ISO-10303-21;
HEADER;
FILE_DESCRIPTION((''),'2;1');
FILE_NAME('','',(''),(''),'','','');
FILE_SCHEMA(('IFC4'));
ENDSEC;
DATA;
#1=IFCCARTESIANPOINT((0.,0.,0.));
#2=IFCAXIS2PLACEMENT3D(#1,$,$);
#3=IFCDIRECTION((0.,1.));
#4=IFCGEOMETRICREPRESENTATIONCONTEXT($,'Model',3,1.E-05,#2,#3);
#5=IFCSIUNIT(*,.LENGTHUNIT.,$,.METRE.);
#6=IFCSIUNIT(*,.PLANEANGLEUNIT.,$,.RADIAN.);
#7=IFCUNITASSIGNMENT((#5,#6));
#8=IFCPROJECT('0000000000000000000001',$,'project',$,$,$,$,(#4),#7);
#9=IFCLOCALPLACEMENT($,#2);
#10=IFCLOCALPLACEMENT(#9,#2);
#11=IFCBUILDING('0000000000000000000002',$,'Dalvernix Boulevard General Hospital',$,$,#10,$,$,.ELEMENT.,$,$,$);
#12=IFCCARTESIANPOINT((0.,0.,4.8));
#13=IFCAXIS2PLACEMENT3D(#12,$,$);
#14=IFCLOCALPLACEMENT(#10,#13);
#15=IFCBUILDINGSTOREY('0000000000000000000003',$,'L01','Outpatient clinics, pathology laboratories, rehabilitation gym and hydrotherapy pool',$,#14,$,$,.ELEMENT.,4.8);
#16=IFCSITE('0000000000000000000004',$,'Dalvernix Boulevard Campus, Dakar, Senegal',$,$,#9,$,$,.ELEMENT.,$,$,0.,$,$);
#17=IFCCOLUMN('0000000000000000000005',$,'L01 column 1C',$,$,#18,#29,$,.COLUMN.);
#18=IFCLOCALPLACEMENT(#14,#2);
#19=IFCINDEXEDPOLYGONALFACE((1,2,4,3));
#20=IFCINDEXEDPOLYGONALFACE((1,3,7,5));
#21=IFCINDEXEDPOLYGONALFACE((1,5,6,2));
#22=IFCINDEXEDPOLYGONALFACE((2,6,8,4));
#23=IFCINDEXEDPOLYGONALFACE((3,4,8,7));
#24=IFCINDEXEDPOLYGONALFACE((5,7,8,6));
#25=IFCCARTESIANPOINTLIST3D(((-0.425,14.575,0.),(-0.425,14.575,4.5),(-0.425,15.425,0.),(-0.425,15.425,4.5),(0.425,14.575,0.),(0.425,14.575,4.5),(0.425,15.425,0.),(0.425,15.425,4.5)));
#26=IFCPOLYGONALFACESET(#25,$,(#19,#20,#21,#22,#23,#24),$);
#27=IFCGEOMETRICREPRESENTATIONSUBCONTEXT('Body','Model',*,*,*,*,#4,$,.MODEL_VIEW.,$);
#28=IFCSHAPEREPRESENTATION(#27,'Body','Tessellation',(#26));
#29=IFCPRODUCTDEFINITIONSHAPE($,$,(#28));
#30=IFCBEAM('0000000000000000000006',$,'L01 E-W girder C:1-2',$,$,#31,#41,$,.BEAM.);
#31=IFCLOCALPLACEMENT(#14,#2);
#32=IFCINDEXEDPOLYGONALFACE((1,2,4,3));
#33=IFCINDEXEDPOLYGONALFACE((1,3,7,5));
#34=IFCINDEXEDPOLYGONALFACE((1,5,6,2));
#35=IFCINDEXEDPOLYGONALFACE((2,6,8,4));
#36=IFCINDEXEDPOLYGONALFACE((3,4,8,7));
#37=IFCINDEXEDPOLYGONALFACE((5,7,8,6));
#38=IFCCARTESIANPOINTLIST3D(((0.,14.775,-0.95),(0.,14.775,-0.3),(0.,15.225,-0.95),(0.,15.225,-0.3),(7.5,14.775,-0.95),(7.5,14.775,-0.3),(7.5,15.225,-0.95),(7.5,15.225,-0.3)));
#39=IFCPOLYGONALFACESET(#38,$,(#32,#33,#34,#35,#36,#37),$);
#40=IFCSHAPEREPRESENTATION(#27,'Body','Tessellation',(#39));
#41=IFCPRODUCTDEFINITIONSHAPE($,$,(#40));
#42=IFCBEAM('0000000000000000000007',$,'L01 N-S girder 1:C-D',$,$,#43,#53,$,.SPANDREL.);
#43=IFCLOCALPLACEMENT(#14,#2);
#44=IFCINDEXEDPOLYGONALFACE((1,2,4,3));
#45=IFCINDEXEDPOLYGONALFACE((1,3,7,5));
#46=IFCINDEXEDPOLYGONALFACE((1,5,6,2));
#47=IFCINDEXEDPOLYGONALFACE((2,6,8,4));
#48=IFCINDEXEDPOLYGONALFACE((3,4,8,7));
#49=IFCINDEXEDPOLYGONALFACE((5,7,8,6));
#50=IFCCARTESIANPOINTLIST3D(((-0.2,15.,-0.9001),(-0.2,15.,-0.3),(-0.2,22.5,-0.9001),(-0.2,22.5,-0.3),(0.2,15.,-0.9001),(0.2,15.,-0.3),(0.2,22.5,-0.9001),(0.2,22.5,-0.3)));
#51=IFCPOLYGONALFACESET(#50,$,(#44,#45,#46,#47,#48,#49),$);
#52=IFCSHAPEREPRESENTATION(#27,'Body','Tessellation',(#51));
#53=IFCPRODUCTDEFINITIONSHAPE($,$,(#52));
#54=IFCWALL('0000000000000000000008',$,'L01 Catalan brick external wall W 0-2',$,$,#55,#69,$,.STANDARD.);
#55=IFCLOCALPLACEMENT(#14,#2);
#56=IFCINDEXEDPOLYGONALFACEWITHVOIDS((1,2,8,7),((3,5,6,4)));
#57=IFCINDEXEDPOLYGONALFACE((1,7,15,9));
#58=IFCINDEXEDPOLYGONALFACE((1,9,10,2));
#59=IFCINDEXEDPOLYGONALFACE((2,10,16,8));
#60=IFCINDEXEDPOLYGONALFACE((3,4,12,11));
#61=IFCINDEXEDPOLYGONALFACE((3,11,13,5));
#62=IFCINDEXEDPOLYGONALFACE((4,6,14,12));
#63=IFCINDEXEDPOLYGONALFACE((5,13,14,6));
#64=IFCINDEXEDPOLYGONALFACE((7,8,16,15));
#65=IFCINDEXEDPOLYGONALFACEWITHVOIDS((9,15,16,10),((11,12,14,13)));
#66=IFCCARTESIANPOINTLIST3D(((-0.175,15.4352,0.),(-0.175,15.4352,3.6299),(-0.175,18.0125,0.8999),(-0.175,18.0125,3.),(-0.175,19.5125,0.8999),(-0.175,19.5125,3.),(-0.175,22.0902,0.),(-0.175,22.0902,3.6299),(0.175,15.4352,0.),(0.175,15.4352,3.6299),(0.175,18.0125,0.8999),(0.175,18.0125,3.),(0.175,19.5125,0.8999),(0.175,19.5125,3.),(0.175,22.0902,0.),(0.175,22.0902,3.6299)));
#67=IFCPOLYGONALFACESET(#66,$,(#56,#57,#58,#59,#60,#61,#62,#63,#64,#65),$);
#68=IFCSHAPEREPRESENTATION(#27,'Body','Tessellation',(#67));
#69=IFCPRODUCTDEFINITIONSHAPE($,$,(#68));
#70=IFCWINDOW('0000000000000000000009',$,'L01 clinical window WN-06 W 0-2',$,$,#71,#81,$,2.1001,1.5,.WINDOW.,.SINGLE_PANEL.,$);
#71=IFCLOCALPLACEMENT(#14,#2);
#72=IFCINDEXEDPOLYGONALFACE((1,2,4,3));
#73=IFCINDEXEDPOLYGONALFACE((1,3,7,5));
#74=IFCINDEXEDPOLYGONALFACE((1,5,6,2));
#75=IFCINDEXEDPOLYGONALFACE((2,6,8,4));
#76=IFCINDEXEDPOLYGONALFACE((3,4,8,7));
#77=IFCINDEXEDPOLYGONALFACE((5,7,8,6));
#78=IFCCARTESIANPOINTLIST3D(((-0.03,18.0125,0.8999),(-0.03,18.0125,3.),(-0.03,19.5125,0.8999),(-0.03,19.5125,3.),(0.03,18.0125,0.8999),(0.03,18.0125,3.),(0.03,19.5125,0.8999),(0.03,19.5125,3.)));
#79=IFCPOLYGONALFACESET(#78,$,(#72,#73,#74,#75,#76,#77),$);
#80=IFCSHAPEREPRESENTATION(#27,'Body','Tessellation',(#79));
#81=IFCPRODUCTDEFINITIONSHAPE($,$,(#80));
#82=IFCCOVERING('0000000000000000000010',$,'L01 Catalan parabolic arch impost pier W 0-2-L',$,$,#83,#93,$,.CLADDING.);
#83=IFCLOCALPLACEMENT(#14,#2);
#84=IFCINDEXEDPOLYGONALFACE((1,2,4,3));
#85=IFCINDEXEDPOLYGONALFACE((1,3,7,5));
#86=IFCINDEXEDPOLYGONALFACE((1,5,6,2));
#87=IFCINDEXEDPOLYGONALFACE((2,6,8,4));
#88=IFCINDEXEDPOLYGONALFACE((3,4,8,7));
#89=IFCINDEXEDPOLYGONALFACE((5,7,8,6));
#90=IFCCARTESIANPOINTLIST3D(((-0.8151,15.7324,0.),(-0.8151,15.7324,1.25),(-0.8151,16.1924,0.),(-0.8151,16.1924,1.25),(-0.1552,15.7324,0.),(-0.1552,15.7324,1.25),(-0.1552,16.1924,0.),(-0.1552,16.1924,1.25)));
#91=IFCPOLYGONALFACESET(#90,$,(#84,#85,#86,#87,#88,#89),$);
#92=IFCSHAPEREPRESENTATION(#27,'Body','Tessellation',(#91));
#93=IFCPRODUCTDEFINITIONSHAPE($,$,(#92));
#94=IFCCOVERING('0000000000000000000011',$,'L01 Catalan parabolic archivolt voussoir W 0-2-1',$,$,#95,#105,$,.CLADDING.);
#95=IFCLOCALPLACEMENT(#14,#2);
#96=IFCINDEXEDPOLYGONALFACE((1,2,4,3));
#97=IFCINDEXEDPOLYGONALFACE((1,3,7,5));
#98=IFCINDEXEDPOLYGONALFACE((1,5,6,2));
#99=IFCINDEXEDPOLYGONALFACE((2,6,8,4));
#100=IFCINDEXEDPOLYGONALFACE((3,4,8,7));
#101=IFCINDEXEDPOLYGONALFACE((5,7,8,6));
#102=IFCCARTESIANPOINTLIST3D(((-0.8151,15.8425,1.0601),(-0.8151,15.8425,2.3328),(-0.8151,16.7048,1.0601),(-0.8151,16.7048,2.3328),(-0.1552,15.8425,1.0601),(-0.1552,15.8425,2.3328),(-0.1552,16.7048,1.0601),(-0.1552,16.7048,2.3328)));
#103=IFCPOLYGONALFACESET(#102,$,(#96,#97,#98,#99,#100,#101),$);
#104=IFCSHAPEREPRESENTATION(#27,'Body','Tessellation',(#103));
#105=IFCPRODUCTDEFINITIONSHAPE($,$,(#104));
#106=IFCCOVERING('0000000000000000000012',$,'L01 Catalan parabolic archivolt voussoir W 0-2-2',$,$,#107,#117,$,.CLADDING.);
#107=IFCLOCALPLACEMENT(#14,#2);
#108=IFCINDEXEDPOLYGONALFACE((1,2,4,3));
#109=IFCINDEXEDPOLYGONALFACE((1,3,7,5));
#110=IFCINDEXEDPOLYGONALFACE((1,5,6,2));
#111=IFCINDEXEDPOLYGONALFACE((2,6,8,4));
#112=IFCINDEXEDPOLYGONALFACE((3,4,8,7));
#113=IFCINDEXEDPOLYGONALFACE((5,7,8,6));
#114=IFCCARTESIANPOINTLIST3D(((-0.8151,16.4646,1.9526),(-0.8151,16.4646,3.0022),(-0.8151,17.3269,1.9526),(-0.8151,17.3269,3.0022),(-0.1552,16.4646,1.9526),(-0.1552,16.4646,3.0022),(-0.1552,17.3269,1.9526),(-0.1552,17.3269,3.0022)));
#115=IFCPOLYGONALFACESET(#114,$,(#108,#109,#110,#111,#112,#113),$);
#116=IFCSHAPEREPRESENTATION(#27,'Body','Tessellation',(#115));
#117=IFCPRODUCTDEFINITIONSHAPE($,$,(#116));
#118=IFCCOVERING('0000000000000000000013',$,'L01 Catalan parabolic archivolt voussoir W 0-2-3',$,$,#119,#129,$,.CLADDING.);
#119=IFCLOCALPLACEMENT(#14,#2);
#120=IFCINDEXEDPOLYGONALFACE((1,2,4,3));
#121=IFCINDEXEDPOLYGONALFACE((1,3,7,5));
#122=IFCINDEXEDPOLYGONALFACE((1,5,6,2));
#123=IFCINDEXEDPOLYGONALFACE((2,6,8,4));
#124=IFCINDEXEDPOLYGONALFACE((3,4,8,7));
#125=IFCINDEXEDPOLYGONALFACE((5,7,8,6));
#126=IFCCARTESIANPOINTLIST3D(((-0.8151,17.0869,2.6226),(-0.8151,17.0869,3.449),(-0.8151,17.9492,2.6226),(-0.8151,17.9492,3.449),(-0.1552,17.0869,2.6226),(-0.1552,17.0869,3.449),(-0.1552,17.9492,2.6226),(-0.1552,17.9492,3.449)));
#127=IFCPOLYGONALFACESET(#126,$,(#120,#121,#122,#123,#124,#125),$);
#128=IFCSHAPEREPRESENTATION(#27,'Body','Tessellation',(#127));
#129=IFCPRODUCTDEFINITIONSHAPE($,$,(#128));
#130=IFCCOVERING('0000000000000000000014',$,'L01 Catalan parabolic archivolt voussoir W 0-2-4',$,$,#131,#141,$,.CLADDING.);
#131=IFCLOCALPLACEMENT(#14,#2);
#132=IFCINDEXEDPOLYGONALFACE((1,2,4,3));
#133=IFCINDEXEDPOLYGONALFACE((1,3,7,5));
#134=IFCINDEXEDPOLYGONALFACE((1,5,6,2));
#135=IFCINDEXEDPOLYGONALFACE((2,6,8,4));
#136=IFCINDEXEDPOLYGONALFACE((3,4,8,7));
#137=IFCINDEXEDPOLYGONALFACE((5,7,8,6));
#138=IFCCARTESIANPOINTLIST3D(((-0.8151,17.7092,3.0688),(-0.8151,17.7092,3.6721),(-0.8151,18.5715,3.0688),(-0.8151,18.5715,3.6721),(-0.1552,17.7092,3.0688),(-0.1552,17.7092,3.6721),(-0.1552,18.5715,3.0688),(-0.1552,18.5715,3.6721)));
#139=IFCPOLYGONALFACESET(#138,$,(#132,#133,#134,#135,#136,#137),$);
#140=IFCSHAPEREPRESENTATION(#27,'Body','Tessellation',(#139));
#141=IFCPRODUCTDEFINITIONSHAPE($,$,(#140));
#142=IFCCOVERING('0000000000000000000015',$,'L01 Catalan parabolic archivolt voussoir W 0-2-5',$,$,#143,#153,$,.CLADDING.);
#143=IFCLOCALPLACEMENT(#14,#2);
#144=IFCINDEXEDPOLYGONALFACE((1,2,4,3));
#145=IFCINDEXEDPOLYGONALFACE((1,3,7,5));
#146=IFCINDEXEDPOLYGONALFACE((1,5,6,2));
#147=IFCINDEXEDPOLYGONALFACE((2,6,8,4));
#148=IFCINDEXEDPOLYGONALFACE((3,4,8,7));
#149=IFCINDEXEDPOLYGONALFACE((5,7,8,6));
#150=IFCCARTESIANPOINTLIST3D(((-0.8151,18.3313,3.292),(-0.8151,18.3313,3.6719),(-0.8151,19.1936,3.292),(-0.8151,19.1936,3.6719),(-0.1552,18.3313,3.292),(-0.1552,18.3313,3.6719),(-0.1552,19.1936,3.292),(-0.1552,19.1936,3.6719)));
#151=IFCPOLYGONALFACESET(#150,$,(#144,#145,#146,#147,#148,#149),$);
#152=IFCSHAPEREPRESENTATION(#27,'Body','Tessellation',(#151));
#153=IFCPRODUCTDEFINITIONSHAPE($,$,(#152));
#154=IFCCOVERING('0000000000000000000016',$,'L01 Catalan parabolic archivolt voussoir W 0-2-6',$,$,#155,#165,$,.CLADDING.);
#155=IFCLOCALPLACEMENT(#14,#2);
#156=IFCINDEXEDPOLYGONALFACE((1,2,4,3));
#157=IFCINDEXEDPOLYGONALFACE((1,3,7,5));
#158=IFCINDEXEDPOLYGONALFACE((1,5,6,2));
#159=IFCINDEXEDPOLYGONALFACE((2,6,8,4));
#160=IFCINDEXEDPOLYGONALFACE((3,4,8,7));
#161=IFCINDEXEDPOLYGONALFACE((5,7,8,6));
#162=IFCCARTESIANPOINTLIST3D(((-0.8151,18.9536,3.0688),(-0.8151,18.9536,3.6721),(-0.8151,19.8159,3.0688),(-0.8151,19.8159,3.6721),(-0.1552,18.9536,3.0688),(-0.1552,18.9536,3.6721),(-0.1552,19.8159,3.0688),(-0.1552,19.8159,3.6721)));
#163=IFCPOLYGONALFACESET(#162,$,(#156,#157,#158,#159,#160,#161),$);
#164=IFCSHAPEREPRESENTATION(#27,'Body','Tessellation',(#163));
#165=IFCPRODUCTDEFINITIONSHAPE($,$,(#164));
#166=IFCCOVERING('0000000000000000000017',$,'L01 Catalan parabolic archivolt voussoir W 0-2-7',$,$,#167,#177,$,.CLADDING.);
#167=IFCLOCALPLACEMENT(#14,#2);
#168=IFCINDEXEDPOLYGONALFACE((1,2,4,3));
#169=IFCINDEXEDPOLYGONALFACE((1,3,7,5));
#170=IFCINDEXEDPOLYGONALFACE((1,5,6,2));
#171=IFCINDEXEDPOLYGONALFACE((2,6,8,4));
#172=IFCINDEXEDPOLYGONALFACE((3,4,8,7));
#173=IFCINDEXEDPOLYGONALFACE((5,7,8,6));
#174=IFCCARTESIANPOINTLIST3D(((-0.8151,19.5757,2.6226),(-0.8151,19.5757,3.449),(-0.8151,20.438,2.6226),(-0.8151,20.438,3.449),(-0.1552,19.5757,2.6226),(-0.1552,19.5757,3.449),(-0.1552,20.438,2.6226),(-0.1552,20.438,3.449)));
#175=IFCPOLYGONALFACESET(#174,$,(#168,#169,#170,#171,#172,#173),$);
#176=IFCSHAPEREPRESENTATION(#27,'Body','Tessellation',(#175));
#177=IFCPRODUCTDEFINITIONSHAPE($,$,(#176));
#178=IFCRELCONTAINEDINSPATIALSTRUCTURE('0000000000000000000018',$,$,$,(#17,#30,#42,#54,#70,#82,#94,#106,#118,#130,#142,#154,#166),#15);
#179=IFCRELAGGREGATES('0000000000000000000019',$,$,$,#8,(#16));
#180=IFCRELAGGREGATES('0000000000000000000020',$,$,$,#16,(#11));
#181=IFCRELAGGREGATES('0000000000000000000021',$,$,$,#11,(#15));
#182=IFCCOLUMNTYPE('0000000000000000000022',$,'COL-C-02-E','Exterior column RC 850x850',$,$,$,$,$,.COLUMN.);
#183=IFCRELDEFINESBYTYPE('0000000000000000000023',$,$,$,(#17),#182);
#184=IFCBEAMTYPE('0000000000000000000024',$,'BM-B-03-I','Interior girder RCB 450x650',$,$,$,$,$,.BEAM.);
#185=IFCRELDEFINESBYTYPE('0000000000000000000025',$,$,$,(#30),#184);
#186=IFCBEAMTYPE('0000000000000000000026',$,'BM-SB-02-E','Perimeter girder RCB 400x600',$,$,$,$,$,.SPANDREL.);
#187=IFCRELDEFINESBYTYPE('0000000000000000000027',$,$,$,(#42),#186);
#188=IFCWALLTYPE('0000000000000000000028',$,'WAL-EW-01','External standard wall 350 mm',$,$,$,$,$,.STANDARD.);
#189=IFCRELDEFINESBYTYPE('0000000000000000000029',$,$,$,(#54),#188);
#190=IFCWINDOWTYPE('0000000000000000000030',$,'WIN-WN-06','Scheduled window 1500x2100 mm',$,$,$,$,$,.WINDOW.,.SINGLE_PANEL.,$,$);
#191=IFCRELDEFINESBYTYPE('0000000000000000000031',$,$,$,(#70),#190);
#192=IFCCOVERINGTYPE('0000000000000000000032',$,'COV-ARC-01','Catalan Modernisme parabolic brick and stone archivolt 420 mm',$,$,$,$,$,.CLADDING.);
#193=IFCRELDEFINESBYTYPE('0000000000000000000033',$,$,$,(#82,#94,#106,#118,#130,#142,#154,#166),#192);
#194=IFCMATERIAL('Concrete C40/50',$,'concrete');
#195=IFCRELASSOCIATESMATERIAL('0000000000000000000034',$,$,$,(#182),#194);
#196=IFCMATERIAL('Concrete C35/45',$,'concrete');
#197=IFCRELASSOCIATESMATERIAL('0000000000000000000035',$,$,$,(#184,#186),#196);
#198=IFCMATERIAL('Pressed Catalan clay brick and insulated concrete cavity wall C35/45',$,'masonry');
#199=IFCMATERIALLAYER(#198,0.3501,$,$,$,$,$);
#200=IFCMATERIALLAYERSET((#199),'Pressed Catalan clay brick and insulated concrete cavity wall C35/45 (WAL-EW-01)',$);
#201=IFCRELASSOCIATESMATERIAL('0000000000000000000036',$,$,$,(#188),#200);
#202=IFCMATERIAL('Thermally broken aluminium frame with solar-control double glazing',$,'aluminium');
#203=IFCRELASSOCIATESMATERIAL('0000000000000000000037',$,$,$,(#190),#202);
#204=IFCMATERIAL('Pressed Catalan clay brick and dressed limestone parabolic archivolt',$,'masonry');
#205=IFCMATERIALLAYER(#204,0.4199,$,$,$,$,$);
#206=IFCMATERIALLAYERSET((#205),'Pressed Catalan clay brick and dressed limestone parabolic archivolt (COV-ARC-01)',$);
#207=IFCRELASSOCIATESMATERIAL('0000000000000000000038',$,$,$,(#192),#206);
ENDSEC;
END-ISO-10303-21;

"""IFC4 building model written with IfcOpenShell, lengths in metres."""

from ifc_helpers import new_model, si_unit, direction, frame, frame_2d, origin, origin_2d, place, context, subcontext, project, spatial, rectangle, extrude, material, layer, layer_set, material_profile, profile_set, type_object, element, fill, save


model = new_model("IFC4")

# Units and contexts
model_context = context("Model", 3, precision=1e-05, world=origin(), true_north=direction((0.0, 1.0)))
body_context = subcontext(model_context, "Body", "Model", "MODEL_VIEW")
ifc_project = project(units=[si_unit("LENGTHUNIT", "METRE"), si_unit("PLANEANGLEUNIT", "RADIAN")], contexts=[model_context])

# Site, building, storey
site_placement = place(None, origin())
site = spatial("IfcSite", under=ifc_project, at=site_placement, Name="Dalvernix Boulevard Campus, Dakar, Senegal", CompositionType="ELEMENT", RefElevation=0.0)
building_placement = place(site_placement, origin())
building = spatial("IfcBuilding", under=site, at=building_placement, Name="Dalvernix Boulevard General Hospital", CompositionType="ELEMENT")
storey_placement = place(building_placement, frame((0.0, 0.0, 4.8)))
storey = spatial("IfcBuildingStorey", under=building, at=storey_placement, Name="L01", Description="Outpatient clinics, pathology laboratories, rehabilitation gym and hydrotherapy pool", CompositionType="ELEMENT", Elevation=4.8)

# Column
ifc_material_1 = material(Name="Concrete C40/50", Category="concrete")
ifc_material_profile_1 = material_profile(ifc_material_1, rectangle(XDim=0.8501, YDim=0.8501, at=origin_2d()), Name="RC 850x850")
ifc_profile_set_1 = profile_set([ifc_material_profile_1], Name="Concrete C40/50")
column_type = type_object("IfcColumnType", Name="COL-C-02-E", Description="Exterior column RC 850x850", PredefinedType="COLUMN", material=ifc_profile_set_1)
column_placement = place(storey_placement, frame((0.0, 15.0, 0.0), z_axis=(0.0, 0.0, 1.0), x_axis=(1.0, 0.0, 0.0)))
element("IfcColumn", 1, at=column_placement, inside=storey, type_object=column_type, Name="L01 column 1C", PredefinedType="COLUMN", context=body_context, shape_type="SweptSolid", body=[
    extrude(rectangle(XDim=0.8501, YDim=0.8501, at=origin_2d()), origin(), (0.0, 0.0, 1.0), 4.5),
])

# Beams
ifc_material_2 = material(Name="Concrete C35/45", Category="concrete")
ifc_material_profile_2 = material_profile(ifc_material_2, rectangle(XDim=0.45, YDim=0.6499, at=origin_2d()), Name="RCB 450x650")
ifc_profile_set_2 = profile_set([ifc_material_profile_2], Name="Concrete C35/45")
beam_type_1 = type_object("IfcBeamType", Name="BM-B-03-I", Description="Interior girder RCB 450x650", PredefinedType="BEAM", material=ifc_profile_set_2)
beam_1_placement = place(storey_placement, frame((0.0, 15.0, -0.625), z_axis=(1.0, 0.0, 0.0), x_axis=(0.0, 1.0, 0.0)))
element("IfcBeam", 2, at=beam_1_placement, inside=storey, type_object=beam_type_1, Name="L01 E-W girder C:1-2", PredefinedType="BEAM", context=body_context, shape_type="SweptSolid", body=[
    extrude(rectangle(XDim=0.45, YDim=0.6499, at=origin_2d()), origin(), (0.0, 0.0, 1.0), 7.5),
])
ifc_material_profile_3 = material_profile(ifc_material_2, rectangle(XDim=0.3999, YDim=0.6001, at=origin_2d()), Name="RCB 400x600")
ifc_profile_set_3 = profile_set([ifc_material_profile_3], Name="Concrete C35/45")
beam_type_2 = type_object("IfcBeamType", Name="BM-SB-02-E", Description="Perimeter girder RCB 400x600", PredefinedType="SPANDREL", material=ifc_profile_set_3)
beam_2_placement = place(storey_placement, frame((0.0, 15.0, -0.6001), z_axis=(0.0, 1.0, 0.0), x_axis=(-1.0, 0.0, 0.0)))
element("IfcBeam", 3, at=beam_2_placement, inside=storey, type_object=beam_type_2, Name="L01 N-S girder 1:C-D", PredefinedType="SPANDREL", context=body_context, shape_type="SweptSolid", body=[
    extrude(rectangle(XDim=0.3999, YDim=0.6001, at=origin_2d()), origin(), (0.0, 0.0, 1.0), 7.5),
])

# Wall, opening, window
ifc_material_3 = material(Name="Pressed Catalan clay brick and insulated concrete cavity wall C35/45", Category="masonry")
ifc_layer_1 = layer(ifc_material_3, 0.3501)
ifc_layer_set_1 = layer_set([ifc_layer_1], Name="Pressed Catalan clay brick and insulated concrete cavity wall C35/45 (WAL-EW-01)")
wall_type = type_object("IfcWallType", Name="WAL-EW-01", Description="External standard wall 350 mm", PredefinedType="STANDARD", material=ifc_layer_set_1)
wall_placement = place(storey_placement, frame((0.0, 15.4351, 0.0), z_axis=(0.0, 0.0, 1.0), x_axis=(0.0, 1.0, 0.0)))
wall = element("IfcWall", 4, at=wall_placement, inside=storey, type_object=wall_type, Name="L01 Catalan brick external wall W 0-2", PredefinedType="STANDARD", context=body_context, shape_type="SweptSolid", body=[
    extrude(rectangle(XDim=6.655, YDim=0.3501, at=frame_2d((3.3276, 0.0))), origin(), (0.0, 0.0, 1.0), 3.6299),
])
opening_placement = place(wall_placement, frame((2.5774, 0.0, 0.8999)))
opening = element("IfcOpeningElement", 5, at=opening_placement, cuts=wall, PredefinedType="OPENING", context=body_context, shape_type="SweptSolid", body=[
    extrude(rectangle(XDim=1.5, YDim=2.1001, at=frame_2d((0.75, 1.05))), frame((0.0, 0.1851, 0.0), z_axis=(0.0, -1.0, 0.0), x_axis=(1.0, 0.0, 0.0)), (0.0, 0.0, 1.0), 0.3701),
])
ifc_material_4 = material(Name="Thermally broken aluminium frame with solar-control double glazing", Category="aluminium")
window_type = type_object("IfcWindowType", Name="WIN-WN-06", Description="Scheduled window 1500x2100 mm", PartitioningType="SINGLE_PANEL", PredefinedType="WINDOW", material=ifc_material_4)
window_placement = place(opening_placement, origin())
window = element("IfcWindow", 6, at=window_placement, inside=storey, type_object=window_type, Name="L01 clinical window WN-06 W 0-2", OverallHeight=2.1001, OverallWidth=1.5, PartitioningType="SINGLE_PANEL", PredefinedType="WINDOW", context=body_context, shape_type="SweptSolid", body=[
    extrude(rectangle(XDim=1.5, YDim=2.1001, at=frame_2d((0.75, 1.05))), frame((0.0, 0.03, 0.0), z_axis=(0.0, -1.0, 0.0), x_axis=(1.0, 0.0, 0.0)), (0.0, 0.0, 1.0), 0.0601),
])
fill(opening, window)

# Coverings
ifc_material_5 = material(Name="Pressed Catalan clay brick and dressed limestone parabolic archivolt", Category="masonry")
ifc_layer_2 = layer(ifc_material_5, 0.4199)
ifc_layer_set_2 = layer_set([ifc_layer_2], Name="Pressed Catalan clay brick and dressed limestone parabolic archivolt (COV-ARC-01)")
covering_type_1 = type_object("IfcCoveringType", Name="COV-ARC-01", Description="Catalan Modernisme parabolic brick and stone archivolt 420 mm", PredefinedType="CLADDING", material=ifc_layer_set_2)
covering_1_placement = place(storey_placement, frame((-0.4851, 15.9624, 0.0), z_axis=(0.0, 0.0, 1.0), x_axis=(0.0, 1.0, 0.0)))
element("IfcCovering", 7, at=covering_1_placement, inside=storey, type_object=covering_type_1, Name="L01 Catalan parabolic arch impost pier W 0-2-L", PredefinedType="CLADDING", context=body_context, shape_type="SweptSolid", body=[
    extrude(rectangle(XDim=0.46, YDim=0.6599, at=origin_2d()), origin(), (0.0, 0.0, 1.0), 1.25),
])
covering_2_placement = place(storey_placement, frame((-0.4851, 16.2737, 1.0601), z_axis=(0.0, 0.0, 1.0), x_axis=(0.0, 1.0, 0.0)))
element("IfcCovering", 8, at=covering_2_placement, inside=storey, type_object=covering_type_1, Name="L01 Catalan parabolic archivolt voussoir W 0-2-1", PredefinedType="CLADDING", context=body_context, shape_type="SweptSolid", body=[
    extrude(rectangle(XDim=0.8623, YDim=0.6599, at=origin_2d()), origin(), (0.0, 0.0, 1.0), 1.2727),
])
covering_3_placement = place(storey_placement, frame((-0.4851, 16.8958, 1.9526), z_axis=(0.0, 0.0, 1.0), x_axis=(0.0, 1.0, 0.0)))
element("IfcCovering", 9, at=covering_3_placement, inside=storey, type_object=covering_type_1, Name="L01 Catalan parabolic archivolt voussoir W 0-2-2", PredefinedType="CLADDING", context=body_context, shape_type="SweptSolid", body=[
    extrude(rectangle(XDim=0.8623, YDim=0.6599, at=origin_2d()), origin(), (0.0, 0.0, 1.0), 1.0496),
])
covering_4_placement = place(storey_placement, frame((-0.4851, 17.5181, 2.6226), z_axis=(0.0, 0.0, 1.0), x_axis=(0.0, 1.0, 0.0)))
element("IfcCovering", 10, at=covering_4_placement, inside=storey, type_object=covering_type_1, Name="L01 Catalan parabolic archivolt voussoir W 0-2-3", PredefinedType="CLADDING", context=body_context, shape_type="SweptSolid", body=[
    extrude(rectangle(XDim=0.8623, YDim=0.6599, at=origin_2d()), origin(), (0.0, 0.0, 1.0), 0.8264),
])
covering_5_placement = place(storey_placement, frame((-0.4851, 18.1404, 3.0688), z_axis=(0.0, 0.0, 1.0), x_axis=(0.0, 1.0, 0.0)))
element("IfcCovering", 11, at=covering_5_placement, inside=storey, type_object=covering_type_1, Name="L01 Catalan parabolic archivolt voussoir W 0-2-4", PredefinedType="CLADDING", context=body_context, shape_type="SweptSolid", body=[
    extrude(rectangle(XDim=0.8623, YDim=0.6599, at=origin_2d()), origin(), (0.0, 0.0, 1.0), 0.6033),
])
covering_6_placement = place(storey_placement, frame((-0.4851, 18.7625, 3.292), z_axis=(0.0, 0.0, 1.0), x_axis=(0.0, 1.0, 0.0)))
element("IfcCovering", 12, at=covering_6_placement, inside=storey, type_object=covering_type_1, Name="L01 Catalan parabolic archivolt voussoir W 0-2-5", PredefinedType="CLADDING", context=body_context, shape_type="SweptSolid", body=[
    extrude(rectangle(XDim=0.8623, YDim=0.6599, at=origin_2d()), origin(), (0.0, 0.0, 1.0), 0.3799),
])
covering_7_placement = place(storey_placement, frame((-0.4851, 19.3848, 3.0688), z_axis=(0.0, 0.0, 1.0), x_axis=(0.0, 1.0, 0.0)))
element("IfcCovering", 13, at=covering_7_placement, inside=storey, type_object=covering_type_1, Name="L01 Catalan parabolic archivolt voussoir W 0-2-6", PredefinedType="CLADDING", context=body_context, shape_type="SweptSolid", body=[
    extrude(rectangle(XDim=0.8623, YDim=0.6599, at=origin_2d()), origin(), (0.0, 0.0, 1.0), 0.6033),
])
covering_8_placement = place(storey_placement, frame((-0.4851, 20.0068, 2.6226), z_axis=(0.0, 0.0, 1.0), x_axis=(0.0, 1.0, 0.0)))
element("IfcCovering", 14, at=covering_8_placement, inside=storey, type_object=covering_type_1, Name="L01 Catalan parabolic archivolt voussoir W 0-2-7", PredefinedType="CLADDING", context=body_context, shape_type="SweptSolid", body=[
    extrude(rectangle(XDim=0.8623, YDim=0.6599, at=origin_2d()), origin(), (0.0, 0.0, 1.0), 0.8264),
])

save(model, "model.ifc")
